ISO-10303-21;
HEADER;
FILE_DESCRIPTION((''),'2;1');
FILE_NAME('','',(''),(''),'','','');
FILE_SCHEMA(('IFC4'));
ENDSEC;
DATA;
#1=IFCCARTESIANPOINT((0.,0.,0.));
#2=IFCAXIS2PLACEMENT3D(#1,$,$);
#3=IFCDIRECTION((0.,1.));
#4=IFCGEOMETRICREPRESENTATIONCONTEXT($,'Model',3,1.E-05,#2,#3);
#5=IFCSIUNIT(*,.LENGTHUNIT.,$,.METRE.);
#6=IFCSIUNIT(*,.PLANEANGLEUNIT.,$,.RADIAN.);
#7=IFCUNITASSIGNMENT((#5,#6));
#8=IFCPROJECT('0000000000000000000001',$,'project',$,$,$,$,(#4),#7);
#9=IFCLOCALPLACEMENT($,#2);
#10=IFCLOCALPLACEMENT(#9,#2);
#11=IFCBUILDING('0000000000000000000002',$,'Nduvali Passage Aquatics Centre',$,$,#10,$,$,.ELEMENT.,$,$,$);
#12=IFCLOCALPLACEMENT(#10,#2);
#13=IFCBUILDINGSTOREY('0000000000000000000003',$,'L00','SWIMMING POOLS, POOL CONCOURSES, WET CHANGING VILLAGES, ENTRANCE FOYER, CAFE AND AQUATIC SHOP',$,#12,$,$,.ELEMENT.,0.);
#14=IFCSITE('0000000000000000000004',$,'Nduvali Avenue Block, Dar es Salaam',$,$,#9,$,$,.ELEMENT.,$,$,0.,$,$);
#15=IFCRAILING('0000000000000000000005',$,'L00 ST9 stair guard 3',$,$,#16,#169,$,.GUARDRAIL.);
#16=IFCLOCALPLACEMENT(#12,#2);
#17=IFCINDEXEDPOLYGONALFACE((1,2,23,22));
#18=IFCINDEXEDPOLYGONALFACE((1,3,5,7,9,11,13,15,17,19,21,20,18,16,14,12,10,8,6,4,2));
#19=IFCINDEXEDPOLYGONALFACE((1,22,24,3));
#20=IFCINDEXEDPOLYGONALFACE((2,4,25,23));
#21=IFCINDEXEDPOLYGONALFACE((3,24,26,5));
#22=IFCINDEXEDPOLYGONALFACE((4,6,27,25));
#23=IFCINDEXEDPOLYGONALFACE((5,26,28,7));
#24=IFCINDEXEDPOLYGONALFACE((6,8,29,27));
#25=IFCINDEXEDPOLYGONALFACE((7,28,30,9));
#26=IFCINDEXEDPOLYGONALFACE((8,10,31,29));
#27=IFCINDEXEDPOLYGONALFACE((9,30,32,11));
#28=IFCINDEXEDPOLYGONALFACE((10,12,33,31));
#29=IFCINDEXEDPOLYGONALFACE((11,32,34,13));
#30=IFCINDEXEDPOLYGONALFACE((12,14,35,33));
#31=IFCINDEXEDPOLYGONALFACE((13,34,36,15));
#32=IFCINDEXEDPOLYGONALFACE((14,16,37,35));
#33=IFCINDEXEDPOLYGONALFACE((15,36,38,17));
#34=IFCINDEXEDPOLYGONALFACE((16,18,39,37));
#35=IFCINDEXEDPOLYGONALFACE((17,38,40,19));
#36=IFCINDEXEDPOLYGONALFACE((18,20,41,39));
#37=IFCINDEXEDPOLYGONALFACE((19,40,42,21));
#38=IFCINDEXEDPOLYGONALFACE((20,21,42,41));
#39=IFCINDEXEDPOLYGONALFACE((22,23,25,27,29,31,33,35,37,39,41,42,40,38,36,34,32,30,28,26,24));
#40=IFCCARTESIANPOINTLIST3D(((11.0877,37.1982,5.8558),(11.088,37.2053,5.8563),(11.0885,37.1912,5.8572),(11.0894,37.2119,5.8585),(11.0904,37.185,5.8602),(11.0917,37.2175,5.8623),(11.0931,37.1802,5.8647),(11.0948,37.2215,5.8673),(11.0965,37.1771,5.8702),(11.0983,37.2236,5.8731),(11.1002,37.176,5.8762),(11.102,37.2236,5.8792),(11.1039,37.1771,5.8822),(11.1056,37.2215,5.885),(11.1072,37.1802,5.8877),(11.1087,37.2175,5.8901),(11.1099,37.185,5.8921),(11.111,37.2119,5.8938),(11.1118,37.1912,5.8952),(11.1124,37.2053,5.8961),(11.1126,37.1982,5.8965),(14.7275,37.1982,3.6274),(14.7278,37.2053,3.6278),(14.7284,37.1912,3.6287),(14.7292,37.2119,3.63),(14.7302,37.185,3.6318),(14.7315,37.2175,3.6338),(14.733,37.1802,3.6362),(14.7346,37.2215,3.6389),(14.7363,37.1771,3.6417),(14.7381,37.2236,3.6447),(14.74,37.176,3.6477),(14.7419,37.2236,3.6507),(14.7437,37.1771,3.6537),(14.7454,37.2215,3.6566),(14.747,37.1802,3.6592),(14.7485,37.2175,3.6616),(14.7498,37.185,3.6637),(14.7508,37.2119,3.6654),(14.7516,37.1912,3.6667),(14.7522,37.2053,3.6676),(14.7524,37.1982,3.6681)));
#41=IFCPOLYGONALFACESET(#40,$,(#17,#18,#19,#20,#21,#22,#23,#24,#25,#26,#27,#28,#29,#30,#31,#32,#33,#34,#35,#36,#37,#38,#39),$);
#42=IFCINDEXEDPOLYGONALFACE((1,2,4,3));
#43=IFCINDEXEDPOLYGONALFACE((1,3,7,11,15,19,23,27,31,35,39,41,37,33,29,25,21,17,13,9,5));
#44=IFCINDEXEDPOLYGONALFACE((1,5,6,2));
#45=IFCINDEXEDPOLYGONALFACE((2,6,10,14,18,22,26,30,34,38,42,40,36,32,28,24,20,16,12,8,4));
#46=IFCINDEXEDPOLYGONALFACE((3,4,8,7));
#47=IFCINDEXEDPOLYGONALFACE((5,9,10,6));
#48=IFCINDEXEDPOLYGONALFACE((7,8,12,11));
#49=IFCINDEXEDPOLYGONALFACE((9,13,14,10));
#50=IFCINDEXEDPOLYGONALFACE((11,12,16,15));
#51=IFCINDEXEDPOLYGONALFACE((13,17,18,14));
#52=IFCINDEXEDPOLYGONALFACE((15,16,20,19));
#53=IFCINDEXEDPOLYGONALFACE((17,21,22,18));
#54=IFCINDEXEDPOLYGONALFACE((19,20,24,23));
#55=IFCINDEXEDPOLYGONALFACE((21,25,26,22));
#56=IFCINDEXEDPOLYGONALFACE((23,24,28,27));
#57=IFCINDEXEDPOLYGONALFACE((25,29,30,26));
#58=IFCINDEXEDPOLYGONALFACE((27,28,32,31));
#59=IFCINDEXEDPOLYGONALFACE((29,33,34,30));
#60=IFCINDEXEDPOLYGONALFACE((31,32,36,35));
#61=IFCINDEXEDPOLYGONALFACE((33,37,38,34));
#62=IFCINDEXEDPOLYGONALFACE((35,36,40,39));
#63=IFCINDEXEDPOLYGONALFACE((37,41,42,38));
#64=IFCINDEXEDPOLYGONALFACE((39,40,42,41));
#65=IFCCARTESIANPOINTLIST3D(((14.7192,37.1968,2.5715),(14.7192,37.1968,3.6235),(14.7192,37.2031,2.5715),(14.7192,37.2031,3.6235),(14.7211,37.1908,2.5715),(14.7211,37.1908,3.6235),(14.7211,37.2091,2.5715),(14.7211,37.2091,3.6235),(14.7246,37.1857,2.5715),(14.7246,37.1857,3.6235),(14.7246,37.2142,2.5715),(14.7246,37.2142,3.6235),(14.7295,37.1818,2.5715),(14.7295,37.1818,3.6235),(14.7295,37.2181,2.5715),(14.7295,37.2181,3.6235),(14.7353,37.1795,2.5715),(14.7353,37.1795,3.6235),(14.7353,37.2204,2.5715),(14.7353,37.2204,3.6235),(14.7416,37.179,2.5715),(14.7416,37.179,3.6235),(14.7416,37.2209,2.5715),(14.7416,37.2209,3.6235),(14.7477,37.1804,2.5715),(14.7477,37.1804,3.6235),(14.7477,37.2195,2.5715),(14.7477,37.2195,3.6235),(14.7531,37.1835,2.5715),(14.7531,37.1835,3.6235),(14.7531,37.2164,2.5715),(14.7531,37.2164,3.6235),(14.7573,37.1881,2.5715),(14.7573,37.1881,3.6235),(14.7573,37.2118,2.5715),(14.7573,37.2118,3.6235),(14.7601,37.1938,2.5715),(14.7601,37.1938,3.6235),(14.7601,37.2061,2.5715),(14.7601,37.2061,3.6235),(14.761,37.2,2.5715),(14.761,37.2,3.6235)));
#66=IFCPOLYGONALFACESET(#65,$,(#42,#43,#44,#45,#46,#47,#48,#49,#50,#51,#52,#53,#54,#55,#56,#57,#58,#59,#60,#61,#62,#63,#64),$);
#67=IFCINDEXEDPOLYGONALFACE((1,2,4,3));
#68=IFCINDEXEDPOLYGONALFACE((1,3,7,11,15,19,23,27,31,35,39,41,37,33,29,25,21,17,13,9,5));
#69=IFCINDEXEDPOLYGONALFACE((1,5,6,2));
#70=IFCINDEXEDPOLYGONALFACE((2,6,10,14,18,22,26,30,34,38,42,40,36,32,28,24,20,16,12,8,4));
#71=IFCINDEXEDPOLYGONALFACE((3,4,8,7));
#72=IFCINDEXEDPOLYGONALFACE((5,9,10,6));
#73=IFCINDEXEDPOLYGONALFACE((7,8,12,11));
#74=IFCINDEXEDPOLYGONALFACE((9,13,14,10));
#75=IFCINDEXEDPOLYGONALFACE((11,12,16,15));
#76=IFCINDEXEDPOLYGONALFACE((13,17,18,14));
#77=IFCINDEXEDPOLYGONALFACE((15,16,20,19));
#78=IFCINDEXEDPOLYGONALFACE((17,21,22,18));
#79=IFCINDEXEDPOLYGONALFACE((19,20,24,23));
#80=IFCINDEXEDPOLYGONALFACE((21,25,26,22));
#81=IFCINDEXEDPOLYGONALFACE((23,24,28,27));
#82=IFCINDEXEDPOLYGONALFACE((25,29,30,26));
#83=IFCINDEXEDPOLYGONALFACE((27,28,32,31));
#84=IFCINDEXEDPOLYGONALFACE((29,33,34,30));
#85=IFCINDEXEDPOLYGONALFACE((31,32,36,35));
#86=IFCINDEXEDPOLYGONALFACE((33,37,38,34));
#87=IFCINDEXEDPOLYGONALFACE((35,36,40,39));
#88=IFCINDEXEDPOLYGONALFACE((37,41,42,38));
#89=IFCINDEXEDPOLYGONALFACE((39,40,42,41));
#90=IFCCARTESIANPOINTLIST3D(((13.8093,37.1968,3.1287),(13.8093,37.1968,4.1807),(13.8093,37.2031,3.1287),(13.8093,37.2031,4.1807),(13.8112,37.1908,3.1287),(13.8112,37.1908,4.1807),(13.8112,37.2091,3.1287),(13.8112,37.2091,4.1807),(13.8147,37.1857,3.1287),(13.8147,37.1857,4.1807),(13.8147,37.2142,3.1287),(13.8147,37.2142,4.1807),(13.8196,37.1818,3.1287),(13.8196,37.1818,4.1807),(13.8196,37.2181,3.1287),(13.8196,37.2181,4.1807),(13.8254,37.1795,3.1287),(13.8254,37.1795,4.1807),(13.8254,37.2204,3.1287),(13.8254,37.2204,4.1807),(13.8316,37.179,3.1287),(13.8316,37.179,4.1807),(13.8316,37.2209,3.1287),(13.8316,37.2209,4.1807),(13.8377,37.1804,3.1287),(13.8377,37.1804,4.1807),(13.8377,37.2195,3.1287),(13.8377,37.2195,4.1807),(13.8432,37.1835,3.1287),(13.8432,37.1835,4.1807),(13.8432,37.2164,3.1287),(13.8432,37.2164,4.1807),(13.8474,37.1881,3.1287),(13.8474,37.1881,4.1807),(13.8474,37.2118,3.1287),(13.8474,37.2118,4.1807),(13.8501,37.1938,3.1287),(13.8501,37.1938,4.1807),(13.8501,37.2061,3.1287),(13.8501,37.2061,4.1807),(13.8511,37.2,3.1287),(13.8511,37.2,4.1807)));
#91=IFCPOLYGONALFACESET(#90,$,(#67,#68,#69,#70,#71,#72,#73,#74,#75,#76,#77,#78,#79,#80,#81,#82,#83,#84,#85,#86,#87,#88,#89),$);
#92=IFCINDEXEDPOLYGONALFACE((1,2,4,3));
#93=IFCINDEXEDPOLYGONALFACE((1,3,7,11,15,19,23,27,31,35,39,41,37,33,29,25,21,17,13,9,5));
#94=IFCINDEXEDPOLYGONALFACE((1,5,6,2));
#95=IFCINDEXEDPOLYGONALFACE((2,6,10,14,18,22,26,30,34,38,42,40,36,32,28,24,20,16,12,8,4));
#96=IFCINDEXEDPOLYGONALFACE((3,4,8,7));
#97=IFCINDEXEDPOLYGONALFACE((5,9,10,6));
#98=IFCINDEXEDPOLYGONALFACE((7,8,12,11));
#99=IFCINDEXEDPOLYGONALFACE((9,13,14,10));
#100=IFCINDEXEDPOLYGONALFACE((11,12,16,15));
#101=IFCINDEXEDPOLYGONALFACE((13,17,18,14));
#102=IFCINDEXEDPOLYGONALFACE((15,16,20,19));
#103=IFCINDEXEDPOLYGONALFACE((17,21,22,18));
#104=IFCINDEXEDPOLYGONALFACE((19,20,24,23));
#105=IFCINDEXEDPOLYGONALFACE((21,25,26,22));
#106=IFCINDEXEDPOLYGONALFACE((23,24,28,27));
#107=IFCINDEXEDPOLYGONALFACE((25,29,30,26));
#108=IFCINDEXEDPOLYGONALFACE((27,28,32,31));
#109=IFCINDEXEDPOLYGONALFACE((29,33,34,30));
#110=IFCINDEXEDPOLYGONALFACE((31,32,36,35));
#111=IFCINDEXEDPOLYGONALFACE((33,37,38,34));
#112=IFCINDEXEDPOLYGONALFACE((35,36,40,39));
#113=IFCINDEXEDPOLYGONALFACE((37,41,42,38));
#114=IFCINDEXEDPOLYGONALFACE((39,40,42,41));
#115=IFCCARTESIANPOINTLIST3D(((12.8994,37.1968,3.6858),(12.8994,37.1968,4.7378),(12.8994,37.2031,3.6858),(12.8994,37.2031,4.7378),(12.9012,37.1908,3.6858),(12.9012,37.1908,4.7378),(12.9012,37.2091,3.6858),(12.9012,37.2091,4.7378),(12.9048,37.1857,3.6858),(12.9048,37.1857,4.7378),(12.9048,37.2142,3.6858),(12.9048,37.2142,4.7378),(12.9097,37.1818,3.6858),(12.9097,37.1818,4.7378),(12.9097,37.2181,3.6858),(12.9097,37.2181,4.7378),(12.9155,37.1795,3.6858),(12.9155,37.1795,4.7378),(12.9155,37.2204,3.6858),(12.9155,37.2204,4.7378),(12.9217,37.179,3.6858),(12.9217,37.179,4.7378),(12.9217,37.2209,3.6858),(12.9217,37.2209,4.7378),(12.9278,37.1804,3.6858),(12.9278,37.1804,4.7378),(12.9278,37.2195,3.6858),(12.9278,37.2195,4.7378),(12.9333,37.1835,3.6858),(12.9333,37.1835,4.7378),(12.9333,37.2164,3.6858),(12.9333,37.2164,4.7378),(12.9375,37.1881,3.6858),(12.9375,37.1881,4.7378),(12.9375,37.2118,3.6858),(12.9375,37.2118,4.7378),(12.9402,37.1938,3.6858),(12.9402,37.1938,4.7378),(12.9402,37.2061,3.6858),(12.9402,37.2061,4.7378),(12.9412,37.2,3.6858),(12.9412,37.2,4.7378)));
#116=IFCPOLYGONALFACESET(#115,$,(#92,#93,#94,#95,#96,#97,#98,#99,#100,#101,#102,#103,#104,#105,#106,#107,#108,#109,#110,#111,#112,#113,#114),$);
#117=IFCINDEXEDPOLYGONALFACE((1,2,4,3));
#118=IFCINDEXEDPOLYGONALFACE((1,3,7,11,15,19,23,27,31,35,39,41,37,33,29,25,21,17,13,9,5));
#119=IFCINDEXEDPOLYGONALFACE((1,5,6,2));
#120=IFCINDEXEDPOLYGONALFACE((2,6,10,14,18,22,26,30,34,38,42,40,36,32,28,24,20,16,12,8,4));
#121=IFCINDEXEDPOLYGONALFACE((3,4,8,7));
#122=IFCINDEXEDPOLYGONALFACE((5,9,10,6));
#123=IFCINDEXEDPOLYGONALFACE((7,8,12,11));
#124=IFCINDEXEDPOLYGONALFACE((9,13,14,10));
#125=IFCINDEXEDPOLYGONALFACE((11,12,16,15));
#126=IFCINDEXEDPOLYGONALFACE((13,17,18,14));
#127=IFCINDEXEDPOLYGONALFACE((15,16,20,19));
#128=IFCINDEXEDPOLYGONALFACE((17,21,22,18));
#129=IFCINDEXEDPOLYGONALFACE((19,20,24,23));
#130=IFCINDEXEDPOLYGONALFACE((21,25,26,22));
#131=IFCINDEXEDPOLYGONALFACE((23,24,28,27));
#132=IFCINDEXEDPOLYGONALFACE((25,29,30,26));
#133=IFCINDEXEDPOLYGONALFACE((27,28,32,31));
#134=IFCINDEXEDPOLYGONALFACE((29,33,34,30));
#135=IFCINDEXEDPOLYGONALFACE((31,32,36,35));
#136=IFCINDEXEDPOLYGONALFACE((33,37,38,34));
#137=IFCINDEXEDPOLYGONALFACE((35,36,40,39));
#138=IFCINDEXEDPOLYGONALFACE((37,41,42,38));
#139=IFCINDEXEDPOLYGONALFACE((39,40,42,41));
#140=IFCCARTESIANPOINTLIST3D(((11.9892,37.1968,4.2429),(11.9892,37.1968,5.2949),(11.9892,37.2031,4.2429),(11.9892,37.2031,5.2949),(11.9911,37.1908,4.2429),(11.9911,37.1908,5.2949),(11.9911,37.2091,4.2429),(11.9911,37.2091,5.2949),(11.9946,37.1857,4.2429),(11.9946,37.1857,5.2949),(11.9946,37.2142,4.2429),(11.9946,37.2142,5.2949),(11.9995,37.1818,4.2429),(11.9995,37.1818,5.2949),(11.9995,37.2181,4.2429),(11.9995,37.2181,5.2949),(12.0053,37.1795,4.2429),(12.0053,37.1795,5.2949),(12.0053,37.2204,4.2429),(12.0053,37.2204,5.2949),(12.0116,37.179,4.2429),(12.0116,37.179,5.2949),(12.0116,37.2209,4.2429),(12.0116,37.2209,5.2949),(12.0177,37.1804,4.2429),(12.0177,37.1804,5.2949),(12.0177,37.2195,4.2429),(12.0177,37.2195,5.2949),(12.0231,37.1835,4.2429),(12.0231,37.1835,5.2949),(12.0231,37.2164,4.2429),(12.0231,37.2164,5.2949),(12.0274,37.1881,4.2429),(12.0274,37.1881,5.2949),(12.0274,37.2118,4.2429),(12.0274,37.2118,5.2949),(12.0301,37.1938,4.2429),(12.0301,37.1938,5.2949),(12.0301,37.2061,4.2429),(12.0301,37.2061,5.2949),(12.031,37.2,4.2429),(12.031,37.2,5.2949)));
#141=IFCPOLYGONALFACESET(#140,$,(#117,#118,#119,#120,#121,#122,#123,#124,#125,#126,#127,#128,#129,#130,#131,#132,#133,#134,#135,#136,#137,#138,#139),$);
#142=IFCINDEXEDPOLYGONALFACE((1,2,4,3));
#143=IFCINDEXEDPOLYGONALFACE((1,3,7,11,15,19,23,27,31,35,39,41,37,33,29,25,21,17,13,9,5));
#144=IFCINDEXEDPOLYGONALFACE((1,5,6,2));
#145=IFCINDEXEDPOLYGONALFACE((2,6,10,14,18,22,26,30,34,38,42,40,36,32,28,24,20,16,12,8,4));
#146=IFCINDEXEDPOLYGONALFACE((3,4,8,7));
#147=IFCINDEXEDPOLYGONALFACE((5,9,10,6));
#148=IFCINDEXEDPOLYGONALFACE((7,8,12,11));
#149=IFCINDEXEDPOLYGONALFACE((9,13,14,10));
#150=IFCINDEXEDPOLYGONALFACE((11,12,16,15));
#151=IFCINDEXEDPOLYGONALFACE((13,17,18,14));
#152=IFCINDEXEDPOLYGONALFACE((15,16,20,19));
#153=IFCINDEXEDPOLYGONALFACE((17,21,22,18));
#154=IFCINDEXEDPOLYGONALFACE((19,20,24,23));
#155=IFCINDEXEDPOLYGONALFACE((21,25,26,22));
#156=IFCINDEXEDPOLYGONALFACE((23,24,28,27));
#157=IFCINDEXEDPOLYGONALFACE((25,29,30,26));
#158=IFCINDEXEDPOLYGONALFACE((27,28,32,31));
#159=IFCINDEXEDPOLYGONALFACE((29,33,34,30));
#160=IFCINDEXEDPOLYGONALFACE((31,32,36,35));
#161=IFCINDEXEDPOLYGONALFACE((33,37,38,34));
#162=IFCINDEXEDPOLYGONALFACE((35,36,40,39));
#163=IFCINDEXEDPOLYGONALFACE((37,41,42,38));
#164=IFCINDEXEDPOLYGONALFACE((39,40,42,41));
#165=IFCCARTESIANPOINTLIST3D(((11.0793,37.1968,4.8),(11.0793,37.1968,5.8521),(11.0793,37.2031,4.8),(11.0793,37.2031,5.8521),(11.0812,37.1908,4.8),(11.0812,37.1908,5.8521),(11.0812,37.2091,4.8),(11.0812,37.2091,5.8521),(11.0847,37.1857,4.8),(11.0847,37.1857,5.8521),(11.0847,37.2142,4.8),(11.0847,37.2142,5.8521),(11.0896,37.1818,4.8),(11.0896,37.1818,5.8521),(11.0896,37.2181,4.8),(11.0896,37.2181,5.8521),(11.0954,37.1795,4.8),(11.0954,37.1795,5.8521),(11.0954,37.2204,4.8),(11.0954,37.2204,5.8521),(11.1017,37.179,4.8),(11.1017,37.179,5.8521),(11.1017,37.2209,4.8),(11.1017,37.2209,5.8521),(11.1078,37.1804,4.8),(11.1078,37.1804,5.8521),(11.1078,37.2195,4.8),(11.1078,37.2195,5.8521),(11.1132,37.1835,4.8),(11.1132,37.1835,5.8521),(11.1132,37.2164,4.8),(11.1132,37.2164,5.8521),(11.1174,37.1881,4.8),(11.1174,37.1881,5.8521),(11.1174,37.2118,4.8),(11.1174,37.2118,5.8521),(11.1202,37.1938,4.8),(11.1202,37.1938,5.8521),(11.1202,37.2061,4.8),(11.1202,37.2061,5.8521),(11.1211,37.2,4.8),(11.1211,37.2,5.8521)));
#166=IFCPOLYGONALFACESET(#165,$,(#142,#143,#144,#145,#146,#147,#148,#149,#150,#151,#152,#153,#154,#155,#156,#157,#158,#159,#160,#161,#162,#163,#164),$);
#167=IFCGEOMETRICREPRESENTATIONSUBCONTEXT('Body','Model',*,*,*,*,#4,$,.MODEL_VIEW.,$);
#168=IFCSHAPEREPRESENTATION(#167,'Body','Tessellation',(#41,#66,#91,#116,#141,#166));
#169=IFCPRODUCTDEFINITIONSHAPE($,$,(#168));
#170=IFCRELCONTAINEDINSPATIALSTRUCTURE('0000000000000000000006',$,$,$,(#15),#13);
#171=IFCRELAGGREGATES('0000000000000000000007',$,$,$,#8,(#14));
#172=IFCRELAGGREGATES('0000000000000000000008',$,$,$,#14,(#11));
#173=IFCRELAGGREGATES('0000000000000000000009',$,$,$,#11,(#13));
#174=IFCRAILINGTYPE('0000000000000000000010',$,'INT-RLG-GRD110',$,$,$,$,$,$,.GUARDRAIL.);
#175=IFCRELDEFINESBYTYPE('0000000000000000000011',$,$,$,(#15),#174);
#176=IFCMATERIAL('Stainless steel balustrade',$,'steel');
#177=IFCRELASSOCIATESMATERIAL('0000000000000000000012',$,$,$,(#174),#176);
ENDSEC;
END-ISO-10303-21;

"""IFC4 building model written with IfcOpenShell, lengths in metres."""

from ifc_helpers import new_model, si_unit, direction, frame, origin, origin_2d, place, context, subcontext, project, spatial, circle, extrude, material, type_object, element, save


model = new_model("IFC4")

# Units and contexts
model_context = context("Model", 3, precision=1e-05, world=origin(), true_north=direction((0.0, 1.0)))
body_context = subcontext(model_context, "Body", "Model", "MODEL_VIEW")
ifc_project = project(units=[si_unit("LENGTHUNIT", "METRE"), si_unit("PLANEANGLEUNIT", "RADIAN")], contexts=[model_context])

# Site, building, storey
site_placement = place(None, origin())
site = spatial("IfcSite", under=ifc_project, at=site_placement, Name="Nduvali Avenue Block, Dar es Salaam", CompositionType="ELEMENT", RefElevation=0.0)
building_placement = place(site_placement, origin())
building = spatial("IfcBuilding", under=site, at=building_placement, Name="Nduvali Passage Aquatics Centre", CompositionType="ELEMENT")
storey_placement = place(building_placement, origin())
storey = spatial("IfcBuildingStorey", under=building, at=storey_placement, Name="L00", Description="SWIMMING POOLS, POOL CONCOURSES, WET CHANGING VILLAGES, ENTRANCE FOYER, CAFE AND AQUATIC SHOP", CompositionType="ELEMENT", Elevation=0.0)

# Railing
ifc_material_1 = material(Name="Stainless steel balustrade", Category="steel")
railing_type_1 = type_object("IfcRailingType", Name="INT-RLG-GRD110", PredefinedType="GUARDRAIL", material=ifc_material_1)
railing_1_placement = place(storey_placement, frame((14.74, 37.2, 2.5715)))
element("IfcRailing", 1, at=railing_1_placement, inside=storey, type_object=railing_type_1, Name="L00 ST9 stair guard 3", PredefinedType="GUARDRAIL", context=body_context, shape_type="SweptSolid", body=[
    extrude(circle(Radius=0.0239, at=origin_2d()), frame((0.0, 0.0, 1.0762), z_axis=(-0.85285, 0.0, 0.522156), x_axis=(0.0, -1.0, 0.0)), (0.0, 0.0, 1.0), 4.2678),
    extrude(circle(Radius=0.021, at=origin_2d()), origin(), (0.0, 0.0, 1.0), 1.052),
    extrude(circle(Radius=0.021, at=origin_2d()), frame((-0.9099, 0.0, 0.5571)), (0.0, 0.0, 1.0), 1.052),
    extrude(circle(Radius=0.021, at=origin_2d()), frame((-1.8198, 0.0, 1.1143)), (0.0, 0.0, 1.0), 1.052),
    extrude(circle(Radius=0.021, at=origin_2d()), frame((-2.73, 0.0, 1.6714)), (0.0, 0.0, 1.0), 1.052),
    extrude(circle(Radius=0.021, at=origin_2d()), frame((-3.6399, 0.0, 2.2285)), (0.0, 0.0, 1.0), 1.052),
])

save(model, "model.ifc")
